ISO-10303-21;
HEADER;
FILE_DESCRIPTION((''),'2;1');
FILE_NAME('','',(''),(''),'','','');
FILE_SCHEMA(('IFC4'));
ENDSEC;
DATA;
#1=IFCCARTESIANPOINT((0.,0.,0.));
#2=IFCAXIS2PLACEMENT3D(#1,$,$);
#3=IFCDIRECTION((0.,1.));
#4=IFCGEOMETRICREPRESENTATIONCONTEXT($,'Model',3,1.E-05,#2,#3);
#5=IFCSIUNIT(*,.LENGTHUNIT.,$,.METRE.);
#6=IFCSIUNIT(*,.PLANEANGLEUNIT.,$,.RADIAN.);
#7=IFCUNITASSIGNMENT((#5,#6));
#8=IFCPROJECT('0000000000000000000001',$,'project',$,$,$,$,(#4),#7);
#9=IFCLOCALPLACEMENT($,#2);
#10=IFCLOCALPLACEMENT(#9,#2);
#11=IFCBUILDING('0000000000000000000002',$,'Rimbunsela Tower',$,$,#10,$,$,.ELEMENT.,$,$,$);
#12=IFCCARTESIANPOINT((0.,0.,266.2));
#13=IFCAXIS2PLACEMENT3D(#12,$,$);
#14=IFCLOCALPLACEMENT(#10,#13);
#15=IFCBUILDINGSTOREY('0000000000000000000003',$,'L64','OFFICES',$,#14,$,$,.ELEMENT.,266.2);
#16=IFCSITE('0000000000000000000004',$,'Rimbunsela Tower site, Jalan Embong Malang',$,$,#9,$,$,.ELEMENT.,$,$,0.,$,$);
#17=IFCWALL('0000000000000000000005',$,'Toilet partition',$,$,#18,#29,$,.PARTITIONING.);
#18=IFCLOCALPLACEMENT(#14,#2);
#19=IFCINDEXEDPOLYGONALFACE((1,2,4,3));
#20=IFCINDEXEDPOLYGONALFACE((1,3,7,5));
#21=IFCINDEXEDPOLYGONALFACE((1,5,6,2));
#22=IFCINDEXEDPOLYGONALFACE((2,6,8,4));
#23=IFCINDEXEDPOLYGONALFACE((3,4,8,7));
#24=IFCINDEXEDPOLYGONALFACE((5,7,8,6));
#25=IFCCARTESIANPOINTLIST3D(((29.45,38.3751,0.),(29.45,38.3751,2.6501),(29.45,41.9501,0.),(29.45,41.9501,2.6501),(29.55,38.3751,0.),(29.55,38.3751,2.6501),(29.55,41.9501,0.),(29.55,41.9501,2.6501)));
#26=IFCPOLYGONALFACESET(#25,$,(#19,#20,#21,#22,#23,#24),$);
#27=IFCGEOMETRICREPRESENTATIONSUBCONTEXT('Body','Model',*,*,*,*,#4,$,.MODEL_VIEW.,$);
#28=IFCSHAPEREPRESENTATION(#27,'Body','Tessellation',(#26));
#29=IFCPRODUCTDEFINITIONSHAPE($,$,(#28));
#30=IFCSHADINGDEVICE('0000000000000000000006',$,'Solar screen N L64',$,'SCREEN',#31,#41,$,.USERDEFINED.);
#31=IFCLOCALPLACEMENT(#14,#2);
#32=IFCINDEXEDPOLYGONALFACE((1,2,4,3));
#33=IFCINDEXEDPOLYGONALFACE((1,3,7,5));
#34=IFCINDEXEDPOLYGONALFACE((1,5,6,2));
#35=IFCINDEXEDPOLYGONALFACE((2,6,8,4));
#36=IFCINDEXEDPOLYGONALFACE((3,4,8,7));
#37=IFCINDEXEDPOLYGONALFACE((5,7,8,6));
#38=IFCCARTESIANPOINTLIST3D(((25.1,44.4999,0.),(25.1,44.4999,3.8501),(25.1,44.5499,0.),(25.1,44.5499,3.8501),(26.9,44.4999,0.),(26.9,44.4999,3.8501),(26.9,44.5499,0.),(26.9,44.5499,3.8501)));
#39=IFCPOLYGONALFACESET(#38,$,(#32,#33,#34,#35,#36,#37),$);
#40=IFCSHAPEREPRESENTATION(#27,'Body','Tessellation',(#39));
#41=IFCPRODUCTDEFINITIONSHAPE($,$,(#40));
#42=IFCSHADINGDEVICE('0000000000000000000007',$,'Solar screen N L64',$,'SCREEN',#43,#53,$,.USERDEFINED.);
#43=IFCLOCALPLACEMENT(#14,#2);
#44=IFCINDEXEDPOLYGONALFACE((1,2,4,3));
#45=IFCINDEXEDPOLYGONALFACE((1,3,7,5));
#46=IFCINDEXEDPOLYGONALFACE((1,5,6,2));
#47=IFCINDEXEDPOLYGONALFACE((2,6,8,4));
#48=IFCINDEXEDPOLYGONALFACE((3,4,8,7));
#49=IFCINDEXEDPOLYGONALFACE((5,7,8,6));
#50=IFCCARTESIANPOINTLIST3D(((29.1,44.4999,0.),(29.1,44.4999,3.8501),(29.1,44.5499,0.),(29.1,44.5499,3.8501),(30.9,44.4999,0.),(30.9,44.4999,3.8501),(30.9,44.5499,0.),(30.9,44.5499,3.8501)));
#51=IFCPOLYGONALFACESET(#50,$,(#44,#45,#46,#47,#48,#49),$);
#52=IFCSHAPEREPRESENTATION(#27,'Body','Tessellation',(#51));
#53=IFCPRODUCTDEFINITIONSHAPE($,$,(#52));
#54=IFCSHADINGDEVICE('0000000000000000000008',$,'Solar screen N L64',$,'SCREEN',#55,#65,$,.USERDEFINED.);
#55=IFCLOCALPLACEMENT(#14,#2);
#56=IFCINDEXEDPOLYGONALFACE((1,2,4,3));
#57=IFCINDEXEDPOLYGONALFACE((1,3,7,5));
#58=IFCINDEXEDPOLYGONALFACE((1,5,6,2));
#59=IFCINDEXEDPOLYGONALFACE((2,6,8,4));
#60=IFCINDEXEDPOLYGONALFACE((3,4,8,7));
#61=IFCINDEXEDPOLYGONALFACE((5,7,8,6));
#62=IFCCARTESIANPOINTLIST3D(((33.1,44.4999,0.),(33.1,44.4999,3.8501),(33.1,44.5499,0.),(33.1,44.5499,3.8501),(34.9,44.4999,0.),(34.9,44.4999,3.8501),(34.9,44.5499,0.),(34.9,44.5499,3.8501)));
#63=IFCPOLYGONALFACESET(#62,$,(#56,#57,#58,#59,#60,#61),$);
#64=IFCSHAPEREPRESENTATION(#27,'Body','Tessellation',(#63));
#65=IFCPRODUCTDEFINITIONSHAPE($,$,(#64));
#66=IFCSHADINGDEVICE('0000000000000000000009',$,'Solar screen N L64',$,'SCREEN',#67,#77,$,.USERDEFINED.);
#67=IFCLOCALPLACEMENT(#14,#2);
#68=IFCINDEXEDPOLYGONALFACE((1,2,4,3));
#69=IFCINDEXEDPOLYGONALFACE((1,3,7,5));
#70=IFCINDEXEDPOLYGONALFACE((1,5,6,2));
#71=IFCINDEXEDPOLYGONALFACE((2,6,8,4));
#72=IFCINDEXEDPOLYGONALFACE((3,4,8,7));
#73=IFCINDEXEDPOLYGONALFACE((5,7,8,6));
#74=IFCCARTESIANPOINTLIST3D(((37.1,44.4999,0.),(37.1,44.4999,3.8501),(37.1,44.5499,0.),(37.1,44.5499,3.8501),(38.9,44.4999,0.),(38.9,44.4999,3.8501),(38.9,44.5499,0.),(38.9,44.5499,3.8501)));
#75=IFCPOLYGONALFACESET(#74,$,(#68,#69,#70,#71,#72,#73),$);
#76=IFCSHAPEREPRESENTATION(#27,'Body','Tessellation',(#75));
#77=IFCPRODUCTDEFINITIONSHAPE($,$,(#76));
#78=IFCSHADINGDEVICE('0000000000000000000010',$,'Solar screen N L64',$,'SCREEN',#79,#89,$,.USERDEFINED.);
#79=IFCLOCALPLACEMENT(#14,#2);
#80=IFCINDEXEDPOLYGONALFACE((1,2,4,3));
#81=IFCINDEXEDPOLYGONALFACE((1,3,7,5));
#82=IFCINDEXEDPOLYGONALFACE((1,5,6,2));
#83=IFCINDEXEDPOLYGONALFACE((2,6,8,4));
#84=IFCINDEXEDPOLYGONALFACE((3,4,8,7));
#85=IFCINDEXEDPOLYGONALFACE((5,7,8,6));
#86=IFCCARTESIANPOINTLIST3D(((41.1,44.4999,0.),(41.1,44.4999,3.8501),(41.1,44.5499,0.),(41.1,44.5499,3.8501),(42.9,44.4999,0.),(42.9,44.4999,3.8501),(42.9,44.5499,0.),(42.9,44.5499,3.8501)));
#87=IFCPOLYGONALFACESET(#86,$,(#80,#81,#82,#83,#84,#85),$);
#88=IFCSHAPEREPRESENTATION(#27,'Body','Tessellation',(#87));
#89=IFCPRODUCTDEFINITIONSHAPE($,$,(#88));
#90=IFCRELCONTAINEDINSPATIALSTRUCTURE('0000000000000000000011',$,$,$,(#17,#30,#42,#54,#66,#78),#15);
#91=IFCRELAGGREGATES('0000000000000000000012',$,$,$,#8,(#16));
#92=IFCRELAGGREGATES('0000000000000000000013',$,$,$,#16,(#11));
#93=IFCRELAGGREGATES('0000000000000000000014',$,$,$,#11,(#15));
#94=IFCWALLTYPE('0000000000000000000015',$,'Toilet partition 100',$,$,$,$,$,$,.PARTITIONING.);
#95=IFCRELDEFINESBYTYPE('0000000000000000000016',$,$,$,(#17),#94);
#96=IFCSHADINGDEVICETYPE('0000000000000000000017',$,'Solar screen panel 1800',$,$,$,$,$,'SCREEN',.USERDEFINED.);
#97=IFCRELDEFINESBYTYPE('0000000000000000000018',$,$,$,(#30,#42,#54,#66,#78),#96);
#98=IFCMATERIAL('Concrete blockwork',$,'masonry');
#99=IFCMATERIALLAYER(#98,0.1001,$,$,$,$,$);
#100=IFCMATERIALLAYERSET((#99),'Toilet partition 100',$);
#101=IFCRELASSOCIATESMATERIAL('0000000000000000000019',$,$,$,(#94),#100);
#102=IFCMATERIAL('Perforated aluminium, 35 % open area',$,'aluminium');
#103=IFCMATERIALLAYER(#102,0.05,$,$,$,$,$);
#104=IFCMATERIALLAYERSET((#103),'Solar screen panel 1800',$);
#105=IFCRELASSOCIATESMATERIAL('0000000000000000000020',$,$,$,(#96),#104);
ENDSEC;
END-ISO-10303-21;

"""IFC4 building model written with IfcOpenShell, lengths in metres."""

from ifc_helpers import new_model, si_unit, direction, frame, frame_2d, origin, origin_2d, place, context, subcontext, project, spatial, rectangle, extrude, material, layer, layer_set, type_object, element, save


model = new_model("IFC4")

# Units and contexts
model_context = context("Model", 3, precision=1e-05, world=origin(), true_north=direction((0.0, 1.0)))
body_context = subcontext(model_context, "Body", "Model", "MODEL_VIEW")
ifc_project = project(units=[si_unit("LENGTHUNIT", "METRE"), si_unit("PLANEANGLEUNIT", "RADIAN")], contexts=[model_context])

# Site, building, storey
site_placement = place(None, origin())
site = spatial("IfcSite", under=ifc_project, at=site_placement, Name="Rimbunsela Tower site, Jalan Embong Malang", CompositionType="ELEMENT", RefElevation=0.0)
building_placement = place(site_placement, origin())
building = spatial("IfcBuilding", under=site, at=building_placement, Name="Rimbunsela Tower", CompositionType="ELEMENT")
storey_placement = place(building_placement, frame((0.0, 0.0, 266.2)))
storey = spatial("IfcBuildingStorey", under=building, at=storey_placement, Name="L64", Description="OFFICES", CompositionType="ELEMENT", Elevation=266.2)

# Wall
ifc_material_1 = material(Name="Concrete blockwork", Category="masonry")
ifc_layer_1 = layer(ifc_material_1, 0.1001)
ifc_layer_set_1 = layer_set([ifc_layer_1], Name="Toilet partition 100")
wall_type_1 = type_object("IfcWallType", Name="Toilet partition 100", PredefinedType="PARTITIONING", material=ifc_layer_set_1)
wall_1_placement = place(storey_placement, frame((29.5, 38.375, 0.0), z_axis=(0.0, 0.0, 1.0), x_axis=(0.0, 1.0, 0.0)))
element("IfcWall", 1, at=wall_1_placement, inside=storey, type_object=wall_type_1, Name="Toilet partition", PredefinedType="PARTITIONING", context=body_context, shape_type="SweptSolid", body=[
    extrude(rectangle(XDim=3.575, YDim=0.1001, at=frame_2d((1.7876, 0.0))), origin(), (0.0, 0.0, 1.0), 2.6501),
])

# Shading devices
ifc_material_2 = material(Name="Perforated aluminium, 35 % open area", Category="aluminium")
ifc_layer_2 = layer(ifc_material_2, 0.05)
ifc_layer_set_2 = layer_set([ifc_layer_2], Name="Solar screen panel 1800")
shading_device_type = type_object("IfcShadingDeviceType", Name="Solar screen panel 1800", ElementType="SCREEN", PredefinedType="USERDEFINED", material=ifc_layer_set_2)
for number, where, z_axis, x_axis, name in (
    (2, (26.0, 44.5249, 0.0), (0.0, 0.0, 1.0), (1.0, 0.0, 0.0), "Solar screen N L64"),
    (3, (30.0, 44.5249, 0.0), (0.0, 0.0, 1.0), (1.0, 0.0, 0.0), "Solar screen N L64"),
    (4, (34.0, 44.5249, 0.0), (0.0, 0.0, 1.0), (1.0, 0.0, 0.0), "Solar screen N L64"),
    (5, (38.0, 44.5249, 0.0), (0.0, 0.0, 1.0), (1.0, 0.0, 0.0), "Solar screen N L64"),
    (6, (42.0, 44.5249, 0.0), (0.0, 0.0, 1.0), (1.0, 0.0, 0.0), "Solar screen N L64"),
):
    element("IfcShadingDevice", number, at=place(storey_placement, frame(where, z_axis=z_axis, x_axis=x_axis)), inside=storey, type_object=shading_device_type, Name=name, ObjectType="SCREEN", PredefinedType="USERDEFINED", context=body_context, shape_type="SweptSolid", body=[
        extrude(rectangle(XDim=1.8, YDim=0.05, at=origin_2d()), origin(), (0.0, 0.0, 1.0), 3.8501),
    ])

save(model, "model.ifc")
